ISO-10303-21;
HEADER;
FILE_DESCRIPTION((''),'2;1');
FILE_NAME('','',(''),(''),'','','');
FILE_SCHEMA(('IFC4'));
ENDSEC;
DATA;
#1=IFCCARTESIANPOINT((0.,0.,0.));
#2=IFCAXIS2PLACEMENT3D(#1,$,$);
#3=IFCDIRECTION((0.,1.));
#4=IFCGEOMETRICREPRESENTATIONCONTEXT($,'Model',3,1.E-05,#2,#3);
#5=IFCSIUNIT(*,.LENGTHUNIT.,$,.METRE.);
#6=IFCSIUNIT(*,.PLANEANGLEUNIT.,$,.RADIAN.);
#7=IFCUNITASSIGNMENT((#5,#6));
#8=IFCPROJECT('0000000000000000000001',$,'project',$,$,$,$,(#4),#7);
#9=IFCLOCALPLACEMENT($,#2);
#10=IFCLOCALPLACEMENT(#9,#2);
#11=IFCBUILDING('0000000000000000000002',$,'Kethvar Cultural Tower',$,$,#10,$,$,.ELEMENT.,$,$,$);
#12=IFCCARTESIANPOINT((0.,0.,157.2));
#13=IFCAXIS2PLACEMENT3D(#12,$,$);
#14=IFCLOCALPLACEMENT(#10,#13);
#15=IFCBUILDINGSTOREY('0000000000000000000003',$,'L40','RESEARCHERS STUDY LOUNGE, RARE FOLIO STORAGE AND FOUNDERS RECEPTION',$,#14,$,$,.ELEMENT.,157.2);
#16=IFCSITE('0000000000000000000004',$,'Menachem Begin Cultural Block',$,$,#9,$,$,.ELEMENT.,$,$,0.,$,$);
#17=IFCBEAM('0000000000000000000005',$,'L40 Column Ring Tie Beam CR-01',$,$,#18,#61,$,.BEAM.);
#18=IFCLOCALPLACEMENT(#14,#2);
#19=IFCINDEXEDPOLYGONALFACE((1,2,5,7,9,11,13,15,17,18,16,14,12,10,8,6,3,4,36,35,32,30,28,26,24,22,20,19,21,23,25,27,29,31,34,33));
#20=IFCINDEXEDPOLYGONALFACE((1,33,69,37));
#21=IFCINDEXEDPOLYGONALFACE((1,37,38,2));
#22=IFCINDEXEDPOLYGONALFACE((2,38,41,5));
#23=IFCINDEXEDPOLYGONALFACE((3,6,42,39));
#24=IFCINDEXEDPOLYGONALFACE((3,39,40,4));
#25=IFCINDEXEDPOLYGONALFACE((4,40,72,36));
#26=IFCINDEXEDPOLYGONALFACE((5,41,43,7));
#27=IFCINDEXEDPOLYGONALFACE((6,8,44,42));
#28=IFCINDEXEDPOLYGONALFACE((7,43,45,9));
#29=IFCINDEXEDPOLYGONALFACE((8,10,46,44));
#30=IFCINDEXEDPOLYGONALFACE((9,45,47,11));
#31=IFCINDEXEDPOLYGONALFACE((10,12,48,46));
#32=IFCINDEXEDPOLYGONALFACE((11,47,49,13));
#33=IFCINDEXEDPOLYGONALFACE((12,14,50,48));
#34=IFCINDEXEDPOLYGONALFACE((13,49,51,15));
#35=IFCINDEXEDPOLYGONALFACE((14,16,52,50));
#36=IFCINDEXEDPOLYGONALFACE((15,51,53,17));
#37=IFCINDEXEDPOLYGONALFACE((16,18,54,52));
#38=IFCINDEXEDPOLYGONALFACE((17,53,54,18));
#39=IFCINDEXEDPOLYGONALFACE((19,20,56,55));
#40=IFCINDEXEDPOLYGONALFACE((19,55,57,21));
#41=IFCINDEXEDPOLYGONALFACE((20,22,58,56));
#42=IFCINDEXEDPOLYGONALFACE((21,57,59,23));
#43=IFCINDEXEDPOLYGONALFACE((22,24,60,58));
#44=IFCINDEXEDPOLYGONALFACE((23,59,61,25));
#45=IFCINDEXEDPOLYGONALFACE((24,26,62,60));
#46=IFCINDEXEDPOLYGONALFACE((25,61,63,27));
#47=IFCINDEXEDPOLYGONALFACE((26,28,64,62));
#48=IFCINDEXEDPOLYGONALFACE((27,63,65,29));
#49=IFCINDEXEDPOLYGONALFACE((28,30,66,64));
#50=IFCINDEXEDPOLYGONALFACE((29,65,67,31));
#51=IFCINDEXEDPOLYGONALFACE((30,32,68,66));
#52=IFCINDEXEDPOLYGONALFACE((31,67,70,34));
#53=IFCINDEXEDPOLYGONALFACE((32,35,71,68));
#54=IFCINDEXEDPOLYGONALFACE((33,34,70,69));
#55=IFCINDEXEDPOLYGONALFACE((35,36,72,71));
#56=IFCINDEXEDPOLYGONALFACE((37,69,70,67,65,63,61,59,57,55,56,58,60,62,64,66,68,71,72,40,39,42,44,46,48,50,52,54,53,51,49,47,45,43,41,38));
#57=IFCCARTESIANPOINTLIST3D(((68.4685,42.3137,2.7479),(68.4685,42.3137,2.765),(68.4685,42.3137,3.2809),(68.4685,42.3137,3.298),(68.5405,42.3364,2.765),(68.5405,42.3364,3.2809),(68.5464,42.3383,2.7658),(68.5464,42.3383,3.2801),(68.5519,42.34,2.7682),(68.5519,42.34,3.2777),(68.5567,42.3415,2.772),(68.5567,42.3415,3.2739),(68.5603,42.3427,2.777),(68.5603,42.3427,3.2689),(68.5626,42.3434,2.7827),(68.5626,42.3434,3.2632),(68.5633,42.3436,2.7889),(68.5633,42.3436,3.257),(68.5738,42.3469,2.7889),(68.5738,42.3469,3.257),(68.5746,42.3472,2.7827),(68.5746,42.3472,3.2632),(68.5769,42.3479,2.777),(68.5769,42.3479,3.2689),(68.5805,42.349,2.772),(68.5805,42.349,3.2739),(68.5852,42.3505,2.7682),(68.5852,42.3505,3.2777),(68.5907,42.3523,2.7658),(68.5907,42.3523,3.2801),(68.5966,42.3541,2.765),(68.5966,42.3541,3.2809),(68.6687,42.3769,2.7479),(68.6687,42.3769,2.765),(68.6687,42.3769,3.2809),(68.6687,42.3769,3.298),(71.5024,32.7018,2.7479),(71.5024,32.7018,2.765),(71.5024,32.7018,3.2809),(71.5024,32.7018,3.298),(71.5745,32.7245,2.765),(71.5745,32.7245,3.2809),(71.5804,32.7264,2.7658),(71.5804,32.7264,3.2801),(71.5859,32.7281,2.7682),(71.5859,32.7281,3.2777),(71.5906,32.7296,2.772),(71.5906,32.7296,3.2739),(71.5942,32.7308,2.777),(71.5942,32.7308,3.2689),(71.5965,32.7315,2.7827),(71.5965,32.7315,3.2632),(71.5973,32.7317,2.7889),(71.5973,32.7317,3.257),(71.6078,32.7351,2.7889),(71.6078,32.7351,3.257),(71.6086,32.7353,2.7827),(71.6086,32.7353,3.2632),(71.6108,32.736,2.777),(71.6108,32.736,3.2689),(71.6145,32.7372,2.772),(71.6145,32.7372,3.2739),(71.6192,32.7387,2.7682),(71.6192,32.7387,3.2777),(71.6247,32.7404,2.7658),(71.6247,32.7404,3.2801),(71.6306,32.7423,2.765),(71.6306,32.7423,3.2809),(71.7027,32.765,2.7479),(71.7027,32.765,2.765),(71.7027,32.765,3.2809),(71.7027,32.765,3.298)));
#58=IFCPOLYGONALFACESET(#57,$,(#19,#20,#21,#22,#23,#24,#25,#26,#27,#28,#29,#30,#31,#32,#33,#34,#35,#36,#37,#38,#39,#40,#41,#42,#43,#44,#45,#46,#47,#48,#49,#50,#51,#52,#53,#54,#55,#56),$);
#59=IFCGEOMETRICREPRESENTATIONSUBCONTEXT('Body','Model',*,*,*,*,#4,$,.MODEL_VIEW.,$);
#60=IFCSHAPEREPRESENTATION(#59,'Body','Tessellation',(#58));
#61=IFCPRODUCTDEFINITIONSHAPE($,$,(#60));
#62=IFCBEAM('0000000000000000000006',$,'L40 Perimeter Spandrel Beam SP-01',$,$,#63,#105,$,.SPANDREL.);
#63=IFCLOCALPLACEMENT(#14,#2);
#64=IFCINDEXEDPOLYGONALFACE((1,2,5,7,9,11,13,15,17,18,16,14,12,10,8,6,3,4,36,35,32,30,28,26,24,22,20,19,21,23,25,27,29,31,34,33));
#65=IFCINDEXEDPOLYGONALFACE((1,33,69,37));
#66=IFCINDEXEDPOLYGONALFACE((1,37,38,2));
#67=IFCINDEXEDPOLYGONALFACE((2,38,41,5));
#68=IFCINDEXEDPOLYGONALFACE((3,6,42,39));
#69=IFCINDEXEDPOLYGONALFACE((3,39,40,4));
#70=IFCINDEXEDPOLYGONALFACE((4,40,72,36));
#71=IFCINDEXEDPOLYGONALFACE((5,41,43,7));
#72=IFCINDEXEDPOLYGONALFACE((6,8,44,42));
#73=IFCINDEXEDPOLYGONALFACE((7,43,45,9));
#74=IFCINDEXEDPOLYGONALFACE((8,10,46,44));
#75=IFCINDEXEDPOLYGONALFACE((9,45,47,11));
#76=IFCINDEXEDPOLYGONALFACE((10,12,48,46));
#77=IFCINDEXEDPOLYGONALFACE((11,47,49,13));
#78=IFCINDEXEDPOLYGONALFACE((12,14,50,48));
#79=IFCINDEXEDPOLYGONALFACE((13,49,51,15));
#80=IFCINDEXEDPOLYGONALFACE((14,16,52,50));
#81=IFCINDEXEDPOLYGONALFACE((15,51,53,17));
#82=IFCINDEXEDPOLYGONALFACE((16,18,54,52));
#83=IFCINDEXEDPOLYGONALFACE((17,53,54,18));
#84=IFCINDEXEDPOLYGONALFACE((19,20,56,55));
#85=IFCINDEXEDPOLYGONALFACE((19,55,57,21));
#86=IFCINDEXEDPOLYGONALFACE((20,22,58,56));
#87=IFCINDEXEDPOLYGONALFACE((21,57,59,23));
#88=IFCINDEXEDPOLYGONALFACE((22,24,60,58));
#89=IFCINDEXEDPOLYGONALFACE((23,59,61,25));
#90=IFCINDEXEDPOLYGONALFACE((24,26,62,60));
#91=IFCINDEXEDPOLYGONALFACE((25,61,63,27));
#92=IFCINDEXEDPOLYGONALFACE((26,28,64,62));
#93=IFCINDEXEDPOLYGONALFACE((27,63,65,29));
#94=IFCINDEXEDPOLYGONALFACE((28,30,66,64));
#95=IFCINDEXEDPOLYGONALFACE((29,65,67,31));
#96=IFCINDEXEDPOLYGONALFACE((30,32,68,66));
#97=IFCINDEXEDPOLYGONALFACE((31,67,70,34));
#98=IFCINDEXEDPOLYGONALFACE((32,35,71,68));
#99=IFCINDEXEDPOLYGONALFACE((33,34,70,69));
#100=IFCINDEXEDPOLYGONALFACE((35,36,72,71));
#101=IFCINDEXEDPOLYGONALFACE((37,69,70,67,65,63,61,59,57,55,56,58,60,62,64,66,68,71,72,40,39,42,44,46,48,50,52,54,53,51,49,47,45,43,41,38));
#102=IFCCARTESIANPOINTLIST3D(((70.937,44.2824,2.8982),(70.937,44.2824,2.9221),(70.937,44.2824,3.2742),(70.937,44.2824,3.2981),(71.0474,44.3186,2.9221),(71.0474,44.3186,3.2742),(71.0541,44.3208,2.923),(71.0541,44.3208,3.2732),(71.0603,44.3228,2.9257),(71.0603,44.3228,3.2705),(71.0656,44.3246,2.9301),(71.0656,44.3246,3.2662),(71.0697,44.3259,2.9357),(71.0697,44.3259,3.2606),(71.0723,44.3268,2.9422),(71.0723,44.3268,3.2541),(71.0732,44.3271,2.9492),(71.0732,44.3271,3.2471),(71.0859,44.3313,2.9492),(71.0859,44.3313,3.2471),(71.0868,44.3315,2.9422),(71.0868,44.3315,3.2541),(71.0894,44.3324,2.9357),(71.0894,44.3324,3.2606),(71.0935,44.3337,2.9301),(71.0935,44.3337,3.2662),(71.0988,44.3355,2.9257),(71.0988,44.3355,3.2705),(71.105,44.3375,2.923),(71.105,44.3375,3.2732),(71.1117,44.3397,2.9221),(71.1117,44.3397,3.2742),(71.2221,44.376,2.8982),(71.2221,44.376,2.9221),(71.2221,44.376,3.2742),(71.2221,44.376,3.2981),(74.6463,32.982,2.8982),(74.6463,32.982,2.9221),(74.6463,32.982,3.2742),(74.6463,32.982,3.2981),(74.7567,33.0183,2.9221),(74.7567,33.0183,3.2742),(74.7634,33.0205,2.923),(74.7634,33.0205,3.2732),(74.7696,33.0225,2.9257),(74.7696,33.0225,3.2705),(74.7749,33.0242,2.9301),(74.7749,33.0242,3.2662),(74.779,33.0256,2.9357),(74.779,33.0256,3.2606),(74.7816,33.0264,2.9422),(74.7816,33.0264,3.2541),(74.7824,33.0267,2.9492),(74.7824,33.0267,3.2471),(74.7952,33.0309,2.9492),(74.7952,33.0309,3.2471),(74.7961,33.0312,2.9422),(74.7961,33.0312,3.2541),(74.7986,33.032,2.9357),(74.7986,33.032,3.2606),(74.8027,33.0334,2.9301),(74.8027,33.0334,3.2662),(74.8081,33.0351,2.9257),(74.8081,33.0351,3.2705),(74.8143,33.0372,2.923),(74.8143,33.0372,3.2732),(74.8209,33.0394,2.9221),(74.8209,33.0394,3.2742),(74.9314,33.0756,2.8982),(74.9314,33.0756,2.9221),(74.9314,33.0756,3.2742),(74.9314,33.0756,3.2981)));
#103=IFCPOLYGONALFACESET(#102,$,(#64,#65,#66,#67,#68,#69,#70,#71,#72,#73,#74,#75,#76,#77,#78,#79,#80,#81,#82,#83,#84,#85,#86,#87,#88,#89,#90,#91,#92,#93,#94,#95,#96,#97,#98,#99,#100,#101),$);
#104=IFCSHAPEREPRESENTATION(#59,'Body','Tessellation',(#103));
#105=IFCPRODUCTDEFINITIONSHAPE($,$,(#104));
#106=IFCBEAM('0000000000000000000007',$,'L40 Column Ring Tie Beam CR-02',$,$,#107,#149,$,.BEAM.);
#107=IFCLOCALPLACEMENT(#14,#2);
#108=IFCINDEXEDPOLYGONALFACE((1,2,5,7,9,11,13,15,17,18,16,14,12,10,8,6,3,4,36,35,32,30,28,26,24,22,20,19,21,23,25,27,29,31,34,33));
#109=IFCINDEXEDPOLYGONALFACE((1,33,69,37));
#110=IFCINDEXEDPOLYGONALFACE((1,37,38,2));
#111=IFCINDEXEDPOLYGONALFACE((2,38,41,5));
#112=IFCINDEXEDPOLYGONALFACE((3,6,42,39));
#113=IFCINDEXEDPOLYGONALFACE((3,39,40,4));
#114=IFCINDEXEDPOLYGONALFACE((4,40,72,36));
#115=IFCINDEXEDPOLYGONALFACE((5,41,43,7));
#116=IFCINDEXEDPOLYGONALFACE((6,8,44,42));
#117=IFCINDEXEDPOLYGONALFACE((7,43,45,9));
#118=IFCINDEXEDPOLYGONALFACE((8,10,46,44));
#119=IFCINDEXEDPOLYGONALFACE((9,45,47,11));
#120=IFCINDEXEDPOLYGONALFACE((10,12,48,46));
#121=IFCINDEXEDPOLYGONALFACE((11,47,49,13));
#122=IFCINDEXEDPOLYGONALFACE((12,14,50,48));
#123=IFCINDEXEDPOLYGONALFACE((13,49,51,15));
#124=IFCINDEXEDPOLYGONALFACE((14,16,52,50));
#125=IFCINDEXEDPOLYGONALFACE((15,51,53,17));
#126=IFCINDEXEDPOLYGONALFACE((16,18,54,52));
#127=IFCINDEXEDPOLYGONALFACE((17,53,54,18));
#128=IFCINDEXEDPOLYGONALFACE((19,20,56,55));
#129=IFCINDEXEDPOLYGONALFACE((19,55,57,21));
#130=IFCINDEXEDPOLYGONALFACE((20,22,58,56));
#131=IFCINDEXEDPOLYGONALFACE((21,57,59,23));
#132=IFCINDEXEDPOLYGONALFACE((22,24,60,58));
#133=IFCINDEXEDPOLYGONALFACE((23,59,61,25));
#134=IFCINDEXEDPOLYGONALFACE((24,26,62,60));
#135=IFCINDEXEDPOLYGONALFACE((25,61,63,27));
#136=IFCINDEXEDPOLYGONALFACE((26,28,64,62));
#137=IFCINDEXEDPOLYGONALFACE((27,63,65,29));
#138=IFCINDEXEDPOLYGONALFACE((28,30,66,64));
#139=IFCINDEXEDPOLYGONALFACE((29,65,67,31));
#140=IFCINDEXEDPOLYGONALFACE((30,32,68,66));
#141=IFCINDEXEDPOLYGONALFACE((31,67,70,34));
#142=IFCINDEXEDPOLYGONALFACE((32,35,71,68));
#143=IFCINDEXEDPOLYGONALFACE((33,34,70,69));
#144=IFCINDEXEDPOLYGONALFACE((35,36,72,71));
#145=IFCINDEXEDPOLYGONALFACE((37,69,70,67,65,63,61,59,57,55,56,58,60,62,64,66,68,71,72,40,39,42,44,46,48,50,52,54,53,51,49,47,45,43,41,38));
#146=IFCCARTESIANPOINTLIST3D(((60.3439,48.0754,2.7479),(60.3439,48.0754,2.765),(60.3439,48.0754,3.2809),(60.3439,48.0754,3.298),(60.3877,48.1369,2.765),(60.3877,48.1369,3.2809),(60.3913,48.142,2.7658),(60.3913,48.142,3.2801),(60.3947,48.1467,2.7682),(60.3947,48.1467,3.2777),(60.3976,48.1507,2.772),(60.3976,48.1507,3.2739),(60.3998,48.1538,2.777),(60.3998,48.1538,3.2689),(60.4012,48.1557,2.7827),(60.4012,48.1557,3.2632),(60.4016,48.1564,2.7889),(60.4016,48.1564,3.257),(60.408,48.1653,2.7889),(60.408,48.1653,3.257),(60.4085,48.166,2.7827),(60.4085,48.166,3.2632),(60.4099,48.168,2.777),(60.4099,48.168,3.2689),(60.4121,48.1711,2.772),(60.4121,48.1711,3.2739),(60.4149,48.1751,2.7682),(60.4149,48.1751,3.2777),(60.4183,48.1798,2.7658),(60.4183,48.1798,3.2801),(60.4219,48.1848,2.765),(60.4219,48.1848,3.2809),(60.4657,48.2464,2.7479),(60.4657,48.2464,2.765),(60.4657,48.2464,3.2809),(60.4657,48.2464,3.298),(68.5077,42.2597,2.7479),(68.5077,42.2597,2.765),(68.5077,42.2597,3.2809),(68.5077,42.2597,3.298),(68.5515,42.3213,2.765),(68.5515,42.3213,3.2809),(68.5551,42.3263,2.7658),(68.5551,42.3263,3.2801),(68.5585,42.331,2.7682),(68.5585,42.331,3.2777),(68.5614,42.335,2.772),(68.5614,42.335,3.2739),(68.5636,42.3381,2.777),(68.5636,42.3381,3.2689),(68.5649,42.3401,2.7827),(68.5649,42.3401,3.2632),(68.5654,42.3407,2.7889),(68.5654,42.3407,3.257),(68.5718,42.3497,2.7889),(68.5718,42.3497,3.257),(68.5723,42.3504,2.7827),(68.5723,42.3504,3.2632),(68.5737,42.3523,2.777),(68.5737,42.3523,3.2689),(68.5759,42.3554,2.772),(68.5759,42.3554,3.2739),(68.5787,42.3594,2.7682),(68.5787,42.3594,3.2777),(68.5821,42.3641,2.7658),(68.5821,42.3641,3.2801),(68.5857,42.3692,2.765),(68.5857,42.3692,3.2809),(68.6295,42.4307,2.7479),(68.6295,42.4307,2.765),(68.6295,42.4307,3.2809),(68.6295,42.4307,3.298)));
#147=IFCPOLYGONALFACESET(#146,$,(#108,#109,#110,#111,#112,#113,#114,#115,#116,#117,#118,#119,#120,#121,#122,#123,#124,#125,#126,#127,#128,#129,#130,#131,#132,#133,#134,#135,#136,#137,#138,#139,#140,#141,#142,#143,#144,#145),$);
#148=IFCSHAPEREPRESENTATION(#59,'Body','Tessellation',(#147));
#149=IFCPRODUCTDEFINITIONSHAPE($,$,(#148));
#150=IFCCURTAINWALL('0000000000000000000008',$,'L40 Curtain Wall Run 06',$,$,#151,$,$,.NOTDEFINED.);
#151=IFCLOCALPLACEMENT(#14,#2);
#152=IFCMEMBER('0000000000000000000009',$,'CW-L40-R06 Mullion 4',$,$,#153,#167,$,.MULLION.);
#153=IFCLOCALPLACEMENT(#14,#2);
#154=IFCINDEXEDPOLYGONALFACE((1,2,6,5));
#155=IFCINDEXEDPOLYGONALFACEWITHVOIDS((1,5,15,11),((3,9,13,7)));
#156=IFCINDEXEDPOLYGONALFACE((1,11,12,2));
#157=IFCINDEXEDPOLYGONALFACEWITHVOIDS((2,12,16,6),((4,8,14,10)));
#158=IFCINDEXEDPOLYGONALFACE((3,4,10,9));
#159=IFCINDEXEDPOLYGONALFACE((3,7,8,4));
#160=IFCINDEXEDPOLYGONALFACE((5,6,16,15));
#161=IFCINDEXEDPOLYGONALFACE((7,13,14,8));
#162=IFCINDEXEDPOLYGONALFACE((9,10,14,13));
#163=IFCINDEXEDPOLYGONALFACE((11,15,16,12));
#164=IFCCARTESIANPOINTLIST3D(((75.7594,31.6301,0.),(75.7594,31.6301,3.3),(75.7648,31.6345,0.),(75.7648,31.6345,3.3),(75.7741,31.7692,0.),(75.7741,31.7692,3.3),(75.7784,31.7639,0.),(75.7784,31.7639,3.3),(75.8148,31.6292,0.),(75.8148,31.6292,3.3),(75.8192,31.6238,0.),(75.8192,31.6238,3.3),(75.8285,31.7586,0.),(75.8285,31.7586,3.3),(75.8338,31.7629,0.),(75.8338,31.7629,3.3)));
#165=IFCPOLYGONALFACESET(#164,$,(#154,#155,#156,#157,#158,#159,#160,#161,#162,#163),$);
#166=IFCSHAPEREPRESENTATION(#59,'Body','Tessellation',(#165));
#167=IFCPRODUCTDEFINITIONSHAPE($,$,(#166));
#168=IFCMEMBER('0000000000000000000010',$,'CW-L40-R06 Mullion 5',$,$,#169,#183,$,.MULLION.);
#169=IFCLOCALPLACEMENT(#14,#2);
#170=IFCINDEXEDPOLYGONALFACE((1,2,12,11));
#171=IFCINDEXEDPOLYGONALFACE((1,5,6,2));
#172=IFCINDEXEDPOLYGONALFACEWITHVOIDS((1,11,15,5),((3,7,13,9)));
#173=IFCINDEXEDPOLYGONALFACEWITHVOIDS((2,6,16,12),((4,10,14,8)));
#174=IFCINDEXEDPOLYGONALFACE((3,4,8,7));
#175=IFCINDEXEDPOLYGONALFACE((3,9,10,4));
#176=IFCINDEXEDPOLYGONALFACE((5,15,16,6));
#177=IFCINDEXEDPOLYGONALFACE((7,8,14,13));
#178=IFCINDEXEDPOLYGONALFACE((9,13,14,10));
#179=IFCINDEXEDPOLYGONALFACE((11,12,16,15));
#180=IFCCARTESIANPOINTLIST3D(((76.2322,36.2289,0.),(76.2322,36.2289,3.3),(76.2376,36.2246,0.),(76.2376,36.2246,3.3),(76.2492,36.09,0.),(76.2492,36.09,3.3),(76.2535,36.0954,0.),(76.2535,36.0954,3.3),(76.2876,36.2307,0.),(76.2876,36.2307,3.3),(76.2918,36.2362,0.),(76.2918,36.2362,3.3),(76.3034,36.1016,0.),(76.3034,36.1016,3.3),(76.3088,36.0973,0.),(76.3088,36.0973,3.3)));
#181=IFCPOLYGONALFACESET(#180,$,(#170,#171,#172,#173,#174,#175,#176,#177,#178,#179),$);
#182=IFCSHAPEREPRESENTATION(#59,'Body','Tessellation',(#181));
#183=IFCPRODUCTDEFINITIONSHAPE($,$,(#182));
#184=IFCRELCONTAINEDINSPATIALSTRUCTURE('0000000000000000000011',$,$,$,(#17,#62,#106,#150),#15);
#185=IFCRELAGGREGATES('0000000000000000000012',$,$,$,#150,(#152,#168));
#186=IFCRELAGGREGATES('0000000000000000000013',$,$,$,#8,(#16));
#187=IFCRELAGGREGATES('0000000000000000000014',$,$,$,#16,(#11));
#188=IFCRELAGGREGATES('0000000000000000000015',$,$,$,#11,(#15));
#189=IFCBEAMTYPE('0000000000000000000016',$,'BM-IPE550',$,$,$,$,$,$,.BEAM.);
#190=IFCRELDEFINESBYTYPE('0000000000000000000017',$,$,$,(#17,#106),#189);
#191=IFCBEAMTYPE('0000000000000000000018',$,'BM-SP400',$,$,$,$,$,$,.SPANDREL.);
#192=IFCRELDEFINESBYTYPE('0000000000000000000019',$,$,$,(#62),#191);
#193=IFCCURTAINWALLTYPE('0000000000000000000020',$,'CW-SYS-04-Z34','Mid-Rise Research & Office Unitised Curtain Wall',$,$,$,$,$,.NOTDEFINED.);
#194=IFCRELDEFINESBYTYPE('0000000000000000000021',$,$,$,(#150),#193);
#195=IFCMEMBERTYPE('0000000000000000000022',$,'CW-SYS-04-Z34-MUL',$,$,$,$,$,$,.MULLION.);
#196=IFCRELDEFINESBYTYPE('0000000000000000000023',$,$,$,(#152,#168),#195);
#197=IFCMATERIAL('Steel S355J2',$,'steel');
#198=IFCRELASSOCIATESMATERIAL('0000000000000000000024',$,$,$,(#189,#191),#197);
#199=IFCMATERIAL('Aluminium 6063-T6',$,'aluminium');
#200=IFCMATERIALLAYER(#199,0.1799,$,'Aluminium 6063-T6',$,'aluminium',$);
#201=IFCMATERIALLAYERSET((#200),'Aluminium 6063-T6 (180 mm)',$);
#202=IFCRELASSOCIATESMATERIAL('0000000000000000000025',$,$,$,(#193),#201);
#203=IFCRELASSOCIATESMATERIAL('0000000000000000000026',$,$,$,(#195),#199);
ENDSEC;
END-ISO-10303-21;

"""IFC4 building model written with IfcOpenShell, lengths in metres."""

from ifc_helpers import new_model, si_unit, direction, frame, origin, origin_2d, place, context, subcontext, project, spatial, hollow_rectangle, i_section, extrude, source, transform, mapped, material, layer, layer_set, material_profile, profile_set, type_object, element, aggregate, save


model = new_model("IFC4")

# Units and contexts
model_context = context("Model", 3, precision=1e-05, world=origin(), true_north=direction((0.0, 1.0)))
body_context = subcontext(model_context, "Body", "Model", "MODEL_VIEW")
ifc_project = project(units=[si_unit("LENGTHUNIT", "METRE"), si_unit("PLANEANGLEUNIT", "RADIAN")], contexts=[model_context])

# Site, building, storey
site_placement = place(None, origin())
site = spatial("IfcSite", under=ifc_project, at=site_placement, Name="Menachem Begin Cultural Block", CompositionType="ELEMENT", RefElevation=0.0)
building_placement = place(site_placement, origin())
building = spatial("IfcBuilding", under=site, at=building_placement, Name="Kethvar Cultural Tower", CompositionType="ELEMENT")
storey_placement = place(building_placement, frame((0.0, 0.0, 157.2)))
storey = spatial("IfcBuildingStorey", under=building, at=storey_placement, Name="L40", Description="RESEARCHERS STUDY LOUNGE, RARE FOLIO STORAGE AND FOUNDERS RECEPTION", CompositionType="ELEMENT", Elevation=157.2)

# Beams
ifc_material_1 = material(Name="Steel S355J2", Category="steel")
ifc_material_profile_1 = material_profile(ifc_material_1, i_section(OverallWidth=0.21, OverallDepth=0.55, WebThickness=0.011, FlangeThickness=0.0171, FilletRadius=0.0239, at=origin_2d()), Name="Steel S355J2 — IPE550")
ifc_profile_set_1 = profile_set([ifc_material_profile_1], Name="Steel S355J2 — IPE550")
beam_type_1 = type_object("IfcBeamType", Name="BM-IPE550", PredefinedType="BEAM", material=ifc_profile_set_1)
shared_shape_1 = source(origin(), body_context, "Body", "SweptSolid", [
    extrude(i_section(OverallWidth=0.21, OverallDepth=0.55, WebThickness=0.011, FlangeThickness=0.0171, FilletRadius=0.0239, at=origin_2d()), origin(), (0.0, 0.0, 1.0), 10.0793),
])
beam_1_placement = place(storey_placement, frame((71.6025, 32.7334, 3.0229), z_axis=(-0.301007, 0.953622, 0.0), x_axis=(-0.953622, -0.301007, 0.0)))
element("IfcBeam", 1, at=beam_1_placement, inside=storey, type_object=beam_type_1, Name="L40 Column Ring Tie Beam CR-01", PredefinedType="BEAM", context=body_context, shape_type="MappedRepresentation", body=[
    mapped(shared_shape_1, transform((0.0, 0.0, 0.0), scale=1.0)),
])
ifc_material_profile_2 = material_profile(ifc_material_1, i_section(OverallWidth=0.3, OverallDepth=0.3999, WebThickness=0.0134, FlangeThickness=0.0239, FilletRadius=0.0271, at=origin_2d()), Name="Steel S355J2 — HEB400")
ifc_profile_set_2 = profile_set([ifc_material_profile_2], Name="Steel S355J2 — HEB400")
beam_type_2 = type_object("IfcBeamType", Name="BM-SP400", PredefinedType="SPANDREL", material=ifc_profile_set_2)
shared_shape_2 = source(origin(), body_context, "Body", "SweptSolid", [
    extrude(i_section(OverallWidth=0.3, OverallDepth=0.3999, WebThickness=0.0134, FlangeThickness=0.0239, FilletRadius=0.0271, at=origin_2d()), origin(), (0.0, 0.0, 1.0), 11.8936),
])
beam_2_placement = place(storey_placement, frame((74.7888, 33.0288, 3.0981), z_axis=(-0.311871, 0.950125, 0.0), x_axis=(-0.950125, -0.311871, 0.0)))
element("IfcBeam", 2, at=beam_2_placement, inside=storey, type_object=beam_type_2, Name="L40 Perimeter Spandrel Beam SP-01", PredefinedType="SPANDREL", context=body_context, shape_type="MappedRepresentation", body=[
    mapped(shared_shape_2, transform((0.0, 0.0, 0.0), scale=1.0)),
])
shared_shape_3 = source(origin(), body_context, "Body", "SweptSolid", [
    extrude(i_section(OverallWidth=0.21, OverallDepth=0.55, WebThickness=0.011, FlangeThickness=0.0171, FilletRadius=0.0239, at=origin_2d()), origin(), (0.0, 0.0, 1.0), 10.0234),
])
beam_3_placement = place(storey_placement, frame((68.5686, 42.3452, 3.0229), z_axis=(-0.81447, 0.580206, 0.0), x_axis=(-0.580206, -0.81447, 0.0)))
element("IfcBeam", 3, at=beam_3_placement, inside=storey, type_object=beam_type_1, Name="L40 Column Ring Tie Beam CR-02", PredefinedType="BEAM", context=body_context, shape_type="MappedRepresentation", body=[
    mapped(shared_shape_3, transform((0.0, 0.0, 0.0), scale=1.0)),
])

# Curtain wall, members
ifc_material_2 = material(Name="Aluminium 6063-T6", Category="aluminium")
ifc_layer_1 = layer(ifc_material_2, 0.1799, Name="Aluminium 6063-T6", Category="aluminium")
ifc_layer_set_1 = layer_set([ifc_layer_1], Name="Aluminium 6063-T6 (180 mm)")
curtain_wall_type = type_object("IfcCurtainWallType", Name="CW-SYS-04-Z34", Description="Mid-Rise Research & Office Unitised Curtain Wall", PredefinedType="NOTDEFINED", material=ifc_layer_set_1)
curtain_wall_placement = place(storey_placement, origin())
curtain_wall = element("IfcCurtainWall", 4, at=curtain_wall_placement, inside=storey, type_object=curtain_wall_type, Name="L40 Curtain Wall Run 06", PredefinedType="NOTDEFINED")
ifc_material_profile_3 = material_profile(ifc_material_2, hollow_rectangle(XDim=0.0601, YDim=0.1399, WallThickness=0.0049, at=origin_2d()), Name="Aluminium 6063-T6 — RHS140x60x5")
ifc_profile_set_3 = profile_set([ifc_material_profile_3], Name="Aluminium 6063-T6 — RHS140x60x5")
member_type_1 = type_object("IfcMemberType", Name="CW-SYS-04-Z34-MUL", PredefinedType="MULLION", material=ifc_profile_set_3)
shared_shape_4 = source(origin(), body_context, "Body", "SweptSolid", [
    extrude(hollow_rectangle(XDim=0.0601, YDim=0.1399, WallThickness=0.0049, at=origin_2d()), origin(), (0.0, 0.0, 1.0), 3.3),
])
member_1_placement = place(storey_placement, frame((75.7966, 31.6965, 0.0), z_axis=(0.0, 0.0, 1.0), x_axis=(-0.994487, 0.104858, 0.0)))
member_1 = element("IfcMember", 5, at=member_1_placement, type_object=member_type_1, Name="CW-L40-R06 Mullion 4", PredefinedType="MULLION", context=body_context, shape_type="MappedRepresentation", body=[
    mapped(shared_shape_4, transform((0.0, 0.0, 0.0), scale=1.0)),
])
member_2_placement = place(storey_placement, frame((76.2705, 36.1631, 0.0), z_axis=(0.0, 0.0, 1.0), x_axis=(-0.99257, -0.121679, 0.0)))
member_2 = element("IfcMember", 6, at=member_2_placement, type_object=member_type_1, Name="CW-L40-R06 Mullion 5", PredefinedType="MULLION", context=body_context, shape_type="MappedRepresentation", body=[
    mapped(shared_shape_4, transform((0.0, 0.0, 0.0), scale=1.0)),
])
aggregate(curtain_wall, [member_1, member_2])

save(model, "model.ifc")
